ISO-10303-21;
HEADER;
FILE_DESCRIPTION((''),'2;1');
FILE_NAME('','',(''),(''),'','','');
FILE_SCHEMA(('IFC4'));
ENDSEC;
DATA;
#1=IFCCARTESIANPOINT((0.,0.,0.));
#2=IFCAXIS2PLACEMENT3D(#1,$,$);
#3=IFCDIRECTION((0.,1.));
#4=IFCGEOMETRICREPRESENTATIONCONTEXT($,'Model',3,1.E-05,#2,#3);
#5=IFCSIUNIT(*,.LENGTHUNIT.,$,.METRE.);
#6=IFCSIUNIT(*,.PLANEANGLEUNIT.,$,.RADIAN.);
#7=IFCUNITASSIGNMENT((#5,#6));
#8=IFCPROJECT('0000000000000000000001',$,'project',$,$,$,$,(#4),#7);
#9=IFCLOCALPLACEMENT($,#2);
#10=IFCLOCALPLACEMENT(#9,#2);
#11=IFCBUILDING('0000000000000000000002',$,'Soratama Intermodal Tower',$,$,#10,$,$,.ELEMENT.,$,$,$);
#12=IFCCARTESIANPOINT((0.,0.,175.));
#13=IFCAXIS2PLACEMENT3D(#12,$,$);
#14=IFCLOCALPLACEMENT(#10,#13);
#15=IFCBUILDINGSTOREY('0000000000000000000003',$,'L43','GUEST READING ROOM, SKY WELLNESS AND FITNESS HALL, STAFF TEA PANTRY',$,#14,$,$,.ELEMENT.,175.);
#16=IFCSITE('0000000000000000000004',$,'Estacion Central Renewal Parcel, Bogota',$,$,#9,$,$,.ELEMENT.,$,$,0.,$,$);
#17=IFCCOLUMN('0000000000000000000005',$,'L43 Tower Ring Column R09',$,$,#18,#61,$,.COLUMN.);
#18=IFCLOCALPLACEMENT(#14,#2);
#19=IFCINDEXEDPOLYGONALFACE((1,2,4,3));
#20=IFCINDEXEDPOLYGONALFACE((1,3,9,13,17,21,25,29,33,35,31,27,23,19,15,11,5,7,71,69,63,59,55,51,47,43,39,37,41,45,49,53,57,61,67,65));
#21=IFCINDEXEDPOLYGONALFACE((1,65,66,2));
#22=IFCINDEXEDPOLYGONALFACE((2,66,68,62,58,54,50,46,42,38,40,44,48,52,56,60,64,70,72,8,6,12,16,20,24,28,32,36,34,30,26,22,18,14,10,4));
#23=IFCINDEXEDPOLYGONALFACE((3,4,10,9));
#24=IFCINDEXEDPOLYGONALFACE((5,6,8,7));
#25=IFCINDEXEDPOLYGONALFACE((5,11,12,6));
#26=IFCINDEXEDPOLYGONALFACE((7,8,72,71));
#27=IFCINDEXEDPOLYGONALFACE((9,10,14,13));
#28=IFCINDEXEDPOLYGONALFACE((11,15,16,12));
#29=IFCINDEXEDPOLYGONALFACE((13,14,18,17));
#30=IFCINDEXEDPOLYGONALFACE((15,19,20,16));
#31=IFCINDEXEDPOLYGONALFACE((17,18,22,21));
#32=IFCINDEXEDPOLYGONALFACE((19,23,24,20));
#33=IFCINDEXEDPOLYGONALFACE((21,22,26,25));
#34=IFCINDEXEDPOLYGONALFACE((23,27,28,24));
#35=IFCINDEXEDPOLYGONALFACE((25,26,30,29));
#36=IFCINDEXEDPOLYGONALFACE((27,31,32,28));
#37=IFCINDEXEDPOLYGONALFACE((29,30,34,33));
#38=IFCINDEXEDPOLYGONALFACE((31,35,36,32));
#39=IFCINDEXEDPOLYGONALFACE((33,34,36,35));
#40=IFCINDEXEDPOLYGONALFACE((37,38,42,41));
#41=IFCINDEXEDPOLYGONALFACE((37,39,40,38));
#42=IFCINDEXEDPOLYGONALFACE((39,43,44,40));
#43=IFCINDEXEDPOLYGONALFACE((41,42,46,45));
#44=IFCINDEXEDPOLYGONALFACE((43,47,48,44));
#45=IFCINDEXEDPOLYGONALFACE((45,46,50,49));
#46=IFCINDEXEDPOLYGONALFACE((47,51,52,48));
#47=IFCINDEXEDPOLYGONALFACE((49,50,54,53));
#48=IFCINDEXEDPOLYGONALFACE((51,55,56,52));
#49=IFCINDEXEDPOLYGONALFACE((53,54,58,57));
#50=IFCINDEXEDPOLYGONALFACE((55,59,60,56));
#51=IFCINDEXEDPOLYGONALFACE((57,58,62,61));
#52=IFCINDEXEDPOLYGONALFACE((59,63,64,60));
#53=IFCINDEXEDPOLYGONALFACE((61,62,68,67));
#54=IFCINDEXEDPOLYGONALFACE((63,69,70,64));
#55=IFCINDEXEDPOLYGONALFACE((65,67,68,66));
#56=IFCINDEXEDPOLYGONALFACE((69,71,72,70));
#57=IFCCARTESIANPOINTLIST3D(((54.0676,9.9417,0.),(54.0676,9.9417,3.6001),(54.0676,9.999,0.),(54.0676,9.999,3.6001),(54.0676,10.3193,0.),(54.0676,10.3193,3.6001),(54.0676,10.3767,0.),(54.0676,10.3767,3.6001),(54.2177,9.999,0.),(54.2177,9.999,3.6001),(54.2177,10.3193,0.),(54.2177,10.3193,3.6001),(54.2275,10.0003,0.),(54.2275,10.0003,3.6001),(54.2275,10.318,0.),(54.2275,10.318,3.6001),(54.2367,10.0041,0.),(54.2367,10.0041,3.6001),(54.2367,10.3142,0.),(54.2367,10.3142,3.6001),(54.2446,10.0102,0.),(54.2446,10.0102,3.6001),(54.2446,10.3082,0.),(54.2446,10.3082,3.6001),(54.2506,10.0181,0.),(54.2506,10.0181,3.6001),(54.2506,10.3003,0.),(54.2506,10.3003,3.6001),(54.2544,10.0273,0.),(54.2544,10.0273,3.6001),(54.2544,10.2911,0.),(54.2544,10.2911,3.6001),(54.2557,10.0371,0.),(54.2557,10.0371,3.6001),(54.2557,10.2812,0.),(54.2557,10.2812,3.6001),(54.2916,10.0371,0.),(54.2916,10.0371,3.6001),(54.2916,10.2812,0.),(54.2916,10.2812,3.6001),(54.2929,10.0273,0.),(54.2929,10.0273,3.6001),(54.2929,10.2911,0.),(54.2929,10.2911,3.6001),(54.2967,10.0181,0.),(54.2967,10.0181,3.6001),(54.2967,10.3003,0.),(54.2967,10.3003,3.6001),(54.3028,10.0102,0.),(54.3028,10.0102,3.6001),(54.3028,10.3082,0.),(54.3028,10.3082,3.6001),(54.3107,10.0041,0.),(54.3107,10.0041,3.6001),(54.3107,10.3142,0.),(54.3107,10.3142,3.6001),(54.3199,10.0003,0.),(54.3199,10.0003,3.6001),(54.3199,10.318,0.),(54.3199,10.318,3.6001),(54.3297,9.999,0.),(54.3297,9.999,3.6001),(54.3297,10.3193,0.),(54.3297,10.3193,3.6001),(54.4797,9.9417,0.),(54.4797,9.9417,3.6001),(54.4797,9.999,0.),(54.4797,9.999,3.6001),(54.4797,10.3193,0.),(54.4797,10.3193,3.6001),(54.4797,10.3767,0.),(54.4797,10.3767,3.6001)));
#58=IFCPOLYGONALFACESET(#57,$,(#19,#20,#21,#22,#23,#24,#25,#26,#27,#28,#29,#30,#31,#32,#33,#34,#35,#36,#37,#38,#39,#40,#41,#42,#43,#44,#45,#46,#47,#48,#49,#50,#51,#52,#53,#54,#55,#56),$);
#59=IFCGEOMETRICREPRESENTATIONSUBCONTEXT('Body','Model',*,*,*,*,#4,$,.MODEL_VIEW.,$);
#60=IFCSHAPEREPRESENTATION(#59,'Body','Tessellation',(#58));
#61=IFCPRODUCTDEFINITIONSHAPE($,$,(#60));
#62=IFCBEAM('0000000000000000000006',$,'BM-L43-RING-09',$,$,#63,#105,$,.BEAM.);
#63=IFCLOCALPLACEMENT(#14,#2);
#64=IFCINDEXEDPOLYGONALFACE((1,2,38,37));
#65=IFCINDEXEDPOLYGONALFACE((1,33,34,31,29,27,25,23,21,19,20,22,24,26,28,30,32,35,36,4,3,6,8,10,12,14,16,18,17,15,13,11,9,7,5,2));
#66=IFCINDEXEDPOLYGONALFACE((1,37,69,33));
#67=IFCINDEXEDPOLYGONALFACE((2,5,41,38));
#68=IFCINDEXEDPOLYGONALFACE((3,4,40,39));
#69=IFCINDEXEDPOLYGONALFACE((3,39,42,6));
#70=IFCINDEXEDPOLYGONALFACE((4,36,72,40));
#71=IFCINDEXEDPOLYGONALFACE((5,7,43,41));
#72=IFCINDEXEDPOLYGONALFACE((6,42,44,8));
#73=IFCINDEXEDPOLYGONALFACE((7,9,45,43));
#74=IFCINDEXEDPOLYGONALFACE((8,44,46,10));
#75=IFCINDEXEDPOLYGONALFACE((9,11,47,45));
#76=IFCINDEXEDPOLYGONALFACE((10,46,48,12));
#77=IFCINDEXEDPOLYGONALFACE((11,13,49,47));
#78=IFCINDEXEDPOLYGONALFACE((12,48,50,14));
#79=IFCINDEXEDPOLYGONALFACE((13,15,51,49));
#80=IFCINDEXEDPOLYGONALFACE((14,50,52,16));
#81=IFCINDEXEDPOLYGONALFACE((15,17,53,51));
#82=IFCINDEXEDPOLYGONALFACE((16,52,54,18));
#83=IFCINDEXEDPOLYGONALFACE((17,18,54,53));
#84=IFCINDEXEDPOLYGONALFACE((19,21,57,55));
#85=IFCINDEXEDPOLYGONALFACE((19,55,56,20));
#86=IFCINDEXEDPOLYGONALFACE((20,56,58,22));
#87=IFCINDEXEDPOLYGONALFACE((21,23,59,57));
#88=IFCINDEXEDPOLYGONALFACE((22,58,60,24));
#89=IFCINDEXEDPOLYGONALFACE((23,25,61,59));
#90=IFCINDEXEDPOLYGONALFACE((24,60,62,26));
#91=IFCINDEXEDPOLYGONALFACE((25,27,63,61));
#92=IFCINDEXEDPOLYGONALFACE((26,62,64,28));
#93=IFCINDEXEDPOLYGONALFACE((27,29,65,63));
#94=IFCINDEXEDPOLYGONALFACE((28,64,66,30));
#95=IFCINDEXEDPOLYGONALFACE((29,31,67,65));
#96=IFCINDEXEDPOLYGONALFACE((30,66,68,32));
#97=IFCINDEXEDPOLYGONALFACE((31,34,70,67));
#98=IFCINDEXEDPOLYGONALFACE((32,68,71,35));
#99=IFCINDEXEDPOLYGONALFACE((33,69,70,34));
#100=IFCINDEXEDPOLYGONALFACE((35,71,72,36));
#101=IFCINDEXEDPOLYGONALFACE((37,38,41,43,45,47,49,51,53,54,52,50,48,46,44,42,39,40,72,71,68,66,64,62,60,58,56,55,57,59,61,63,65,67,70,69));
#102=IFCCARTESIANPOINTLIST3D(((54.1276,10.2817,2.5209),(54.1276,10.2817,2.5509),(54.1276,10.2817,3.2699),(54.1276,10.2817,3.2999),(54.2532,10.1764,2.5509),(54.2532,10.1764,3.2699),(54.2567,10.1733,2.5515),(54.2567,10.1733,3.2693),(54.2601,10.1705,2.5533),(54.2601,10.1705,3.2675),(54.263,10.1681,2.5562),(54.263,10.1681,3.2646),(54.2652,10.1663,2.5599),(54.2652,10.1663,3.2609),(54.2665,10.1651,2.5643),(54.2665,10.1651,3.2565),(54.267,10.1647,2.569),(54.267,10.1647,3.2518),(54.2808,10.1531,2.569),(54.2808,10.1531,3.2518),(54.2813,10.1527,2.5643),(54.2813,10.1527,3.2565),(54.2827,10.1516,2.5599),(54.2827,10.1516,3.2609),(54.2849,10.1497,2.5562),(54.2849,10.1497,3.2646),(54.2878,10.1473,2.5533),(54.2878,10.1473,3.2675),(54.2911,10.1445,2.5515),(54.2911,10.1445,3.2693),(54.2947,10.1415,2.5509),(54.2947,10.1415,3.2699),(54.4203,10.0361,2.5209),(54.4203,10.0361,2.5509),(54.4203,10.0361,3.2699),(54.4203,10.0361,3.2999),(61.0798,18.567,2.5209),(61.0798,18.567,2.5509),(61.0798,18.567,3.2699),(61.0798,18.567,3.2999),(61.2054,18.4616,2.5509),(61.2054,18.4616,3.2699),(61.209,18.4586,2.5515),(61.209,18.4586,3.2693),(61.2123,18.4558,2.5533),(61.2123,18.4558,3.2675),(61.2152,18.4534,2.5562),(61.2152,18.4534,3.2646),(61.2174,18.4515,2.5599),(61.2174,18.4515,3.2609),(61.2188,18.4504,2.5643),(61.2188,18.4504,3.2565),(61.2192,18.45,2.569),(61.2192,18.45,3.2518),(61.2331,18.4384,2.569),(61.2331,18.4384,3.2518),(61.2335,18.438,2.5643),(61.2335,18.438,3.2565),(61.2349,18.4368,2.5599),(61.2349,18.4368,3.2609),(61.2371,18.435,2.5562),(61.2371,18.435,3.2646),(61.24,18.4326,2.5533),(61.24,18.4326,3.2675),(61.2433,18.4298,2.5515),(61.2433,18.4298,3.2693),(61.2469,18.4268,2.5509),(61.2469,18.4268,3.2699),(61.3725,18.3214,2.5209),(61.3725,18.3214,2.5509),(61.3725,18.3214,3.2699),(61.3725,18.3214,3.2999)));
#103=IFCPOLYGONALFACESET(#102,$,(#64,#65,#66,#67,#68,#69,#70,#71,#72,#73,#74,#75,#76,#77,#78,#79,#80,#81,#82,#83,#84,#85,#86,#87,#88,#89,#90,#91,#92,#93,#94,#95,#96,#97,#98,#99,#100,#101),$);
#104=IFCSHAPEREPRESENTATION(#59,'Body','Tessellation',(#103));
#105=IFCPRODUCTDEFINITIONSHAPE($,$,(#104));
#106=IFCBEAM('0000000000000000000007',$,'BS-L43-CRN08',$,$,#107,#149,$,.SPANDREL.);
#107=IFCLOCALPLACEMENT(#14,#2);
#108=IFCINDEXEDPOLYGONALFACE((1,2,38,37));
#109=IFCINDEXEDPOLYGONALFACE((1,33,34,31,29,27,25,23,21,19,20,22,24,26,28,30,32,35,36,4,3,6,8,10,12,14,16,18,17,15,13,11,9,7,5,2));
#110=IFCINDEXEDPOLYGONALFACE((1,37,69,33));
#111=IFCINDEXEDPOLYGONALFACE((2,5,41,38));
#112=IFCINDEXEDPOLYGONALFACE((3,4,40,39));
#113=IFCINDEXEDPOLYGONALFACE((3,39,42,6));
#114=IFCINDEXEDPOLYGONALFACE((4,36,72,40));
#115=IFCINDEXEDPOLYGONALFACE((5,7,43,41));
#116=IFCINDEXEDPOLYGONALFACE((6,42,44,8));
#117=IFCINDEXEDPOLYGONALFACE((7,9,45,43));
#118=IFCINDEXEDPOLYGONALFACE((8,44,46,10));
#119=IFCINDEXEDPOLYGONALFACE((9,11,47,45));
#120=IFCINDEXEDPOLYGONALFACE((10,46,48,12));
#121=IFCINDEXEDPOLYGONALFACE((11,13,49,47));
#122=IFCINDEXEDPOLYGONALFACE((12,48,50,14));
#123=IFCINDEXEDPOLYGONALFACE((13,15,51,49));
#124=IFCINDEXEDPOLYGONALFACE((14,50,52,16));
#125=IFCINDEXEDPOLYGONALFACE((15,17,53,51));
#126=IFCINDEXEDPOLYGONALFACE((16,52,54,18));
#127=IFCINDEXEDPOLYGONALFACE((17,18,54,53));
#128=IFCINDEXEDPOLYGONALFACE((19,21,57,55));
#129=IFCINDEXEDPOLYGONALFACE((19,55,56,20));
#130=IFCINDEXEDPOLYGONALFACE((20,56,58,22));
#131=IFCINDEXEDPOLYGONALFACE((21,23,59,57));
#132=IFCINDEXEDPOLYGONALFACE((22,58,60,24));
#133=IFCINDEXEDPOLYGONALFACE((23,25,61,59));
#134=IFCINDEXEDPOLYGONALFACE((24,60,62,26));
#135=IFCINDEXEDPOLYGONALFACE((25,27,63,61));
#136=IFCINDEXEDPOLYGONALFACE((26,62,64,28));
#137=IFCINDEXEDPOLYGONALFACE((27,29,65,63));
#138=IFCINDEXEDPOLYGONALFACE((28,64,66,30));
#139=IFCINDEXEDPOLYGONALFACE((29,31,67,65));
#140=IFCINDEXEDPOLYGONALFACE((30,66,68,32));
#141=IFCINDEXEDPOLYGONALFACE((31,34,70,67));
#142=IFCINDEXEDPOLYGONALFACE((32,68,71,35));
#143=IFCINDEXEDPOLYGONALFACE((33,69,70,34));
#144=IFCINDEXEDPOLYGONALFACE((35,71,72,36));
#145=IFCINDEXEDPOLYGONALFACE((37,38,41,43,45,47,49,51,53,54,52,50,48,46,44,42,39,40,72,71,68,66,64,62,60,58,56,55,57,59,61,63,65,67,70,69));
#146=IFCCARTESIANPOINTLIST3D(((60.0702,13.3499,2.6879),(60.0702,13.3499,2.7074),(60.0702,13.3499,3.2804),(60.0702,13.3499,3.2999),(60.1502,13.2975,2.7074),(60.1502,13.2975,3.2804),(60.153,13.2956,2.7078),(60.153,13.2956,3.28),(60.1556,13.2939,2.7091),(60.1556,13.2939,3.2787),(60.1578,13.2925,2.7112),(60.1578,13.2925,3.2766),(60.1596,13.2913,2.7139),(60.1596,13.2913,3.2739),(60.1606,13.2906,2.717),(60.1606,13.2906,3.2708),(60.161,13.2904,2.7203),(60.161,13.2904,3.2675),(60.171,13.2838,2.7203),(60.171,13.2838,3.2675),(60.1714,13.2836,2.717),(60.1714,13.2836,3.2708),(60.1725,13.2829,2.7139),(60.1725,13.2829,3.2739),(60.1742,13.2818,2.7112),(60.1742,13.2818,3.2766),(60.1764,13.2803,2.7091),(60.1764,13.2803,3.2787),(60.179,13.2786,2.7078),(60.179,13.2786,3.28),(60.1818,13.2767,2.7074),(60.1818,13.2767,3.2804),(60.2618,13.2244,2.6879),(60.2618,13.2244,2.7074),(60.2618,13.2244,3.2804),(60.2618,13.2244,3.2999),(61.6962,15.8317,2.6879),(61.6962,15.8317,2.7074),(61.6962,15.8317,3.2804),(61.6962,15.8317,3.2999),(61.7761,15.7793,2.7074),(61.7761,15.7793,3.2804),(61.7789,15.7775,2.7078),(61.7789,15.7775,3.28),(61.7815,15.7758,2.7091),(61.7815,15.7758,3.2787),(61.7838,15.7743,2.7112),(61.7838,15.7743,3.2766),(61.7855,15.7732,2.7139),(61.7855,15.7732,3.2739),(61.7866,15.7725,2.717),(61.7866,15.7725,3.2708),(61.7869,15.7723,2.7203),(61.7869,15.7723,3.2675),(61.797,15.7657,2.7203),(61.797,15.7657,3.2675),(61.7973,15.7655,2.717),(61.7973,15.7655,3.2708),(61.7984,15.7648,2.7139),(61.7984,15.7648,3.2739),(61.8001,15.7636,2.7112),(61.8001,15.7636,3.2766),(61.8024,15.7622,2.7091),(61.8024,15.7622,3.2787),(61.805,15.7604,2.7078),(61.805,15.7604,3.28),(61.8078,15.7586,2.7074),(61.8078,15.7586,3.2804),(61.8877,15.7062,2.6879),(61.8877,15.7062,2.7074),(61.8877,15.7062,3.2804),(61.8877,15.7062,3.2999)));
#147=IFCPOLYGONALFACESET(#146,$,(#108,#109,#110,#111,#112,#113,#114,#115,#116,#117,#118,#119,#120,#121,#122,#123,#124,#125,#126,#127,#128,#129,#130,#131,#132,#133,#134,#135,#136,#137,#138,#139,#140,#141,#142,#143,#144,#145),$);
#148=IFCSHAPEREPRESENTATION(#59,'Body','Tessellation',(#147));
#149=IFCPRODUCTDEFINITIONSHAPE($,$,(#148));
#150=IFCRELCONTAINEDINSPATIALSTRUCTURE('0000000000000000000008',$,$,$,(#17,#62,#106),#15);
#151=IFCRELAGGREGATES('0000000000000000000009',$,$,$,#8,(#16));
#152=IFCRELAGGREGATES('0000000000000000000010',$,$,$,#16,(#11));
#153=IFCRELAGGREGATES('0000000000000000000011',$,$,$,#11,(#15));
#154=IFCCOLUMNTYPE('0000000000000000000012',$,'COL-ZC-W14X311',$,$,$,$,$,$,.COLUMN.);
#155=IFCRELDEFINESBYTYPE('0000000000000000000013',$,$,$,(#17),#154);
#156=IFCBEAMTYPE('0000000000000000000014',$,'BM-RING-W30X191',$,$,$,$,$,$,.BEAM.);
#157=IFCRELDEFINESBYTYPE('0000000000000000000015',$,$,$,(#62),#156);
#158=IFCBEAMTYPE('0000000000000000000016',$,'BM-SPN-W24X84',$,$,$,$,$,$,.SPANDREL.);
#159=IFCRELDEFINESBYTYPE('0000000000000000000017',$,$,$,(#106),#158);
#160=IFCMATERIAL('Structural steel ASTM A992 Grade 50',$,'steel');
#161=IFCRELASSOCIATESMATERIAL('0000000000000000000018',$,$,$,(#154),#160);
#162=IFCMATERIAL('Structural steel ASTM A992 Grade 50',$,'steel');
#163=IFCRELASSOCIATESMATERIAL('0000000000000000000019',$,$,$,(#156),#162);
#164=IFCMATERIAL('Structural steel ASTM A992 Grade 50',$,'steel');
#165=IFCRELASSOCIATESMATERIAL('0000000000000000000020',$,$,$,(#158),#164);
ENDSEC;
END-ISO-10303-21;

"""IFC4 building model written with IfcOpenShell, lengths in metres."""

from ifc_helpers import new_model, si_unit, direction, frame, origin, origin_2d, place, context, subcontext, project, spatial, i_section, extrude, material, material_profile, profile_set, type_object, element, save


model = new_model("IFC4")

# Units and contexts
model_context = context("Model", 3, precision=1e-05, world=origin(), true_north=direction((0.0, 1.0)))
body_context = subcontext(model_context, "Body", "Model", "MODEL_VIEW")
ifc_project = project(units=[si_unit("LENGTHUNIT", "METRE"), si_unit("PLANEANGLEUNIT", "RADIAN")], contexts=[model_context])

# Site, building, storey
site_placement = place(None, origin())
site = spatial("IfcSite", under=ifc_project, at=site_placement, Name="Estacion Central Renewal Parcel, Bogota", CompositionType="ELEMENT", RefElevation=0.0)
building_placement = place(site_placement, origin())
building = spatial("IfcBuilding", under=site, at=building_placement, Name="Soratama Intermodal Tower", CompositionType="ELEMENT")
storey_placement = place(building_placement, frame((0.0, 0.0, 175.0)))
storey = spatial("IfcBuildingStorey", under=building, at=storey_placement, Name="L43", Description="GUEST READING ROOM, SKY WELLNESS AND FITNESS HALL, STAFF TEA PANTRY", CompositionType="ELEMENT", Elevation=175.0)

# Column
ifc_material_1 = material(Name="Structural steel ASTM A992 Grade 50", Category="steel")
ifc_material_profile_1 = material_profile(ifc_material_1, i_section(OverallWidth=0.4121, OverallDepth=0.4351, WebThickness=0.0359, FlangeThickness=0.0574, FilletRadius=0.0381, at=origin_2d()), Name="W14X311")
ifc_profile_set_1 = profile_set([ifc_material_profile_1], Name="Structural steel ASTM A992 Grade 50")
column_type = type_object("IfcColumnType", Name="COL-ZC-W14X311", PredefinedType="COLUMN", material=ifc_profile_set_1)
column_placement = place(storey_placement, frame((54.2737, 10.1592, 0.0), z_axis=(0.0, 0.0, 1.0), x_axis=(1.0, 0.0, 0.0)))
element("IfcColumn", 1, at=column_placement, inside=storey, type_object=column_type, Name="L43 Tower Ring Column R09", PredefinedType="COLUMN", context=body_context, shape_type="SweptSolid", body=[
    extrude(i_section(OverallWidth=0.4121, OverallDepth=0.4351, WebThickness=0.0359, FlangeThickness=0.0574, FilletRadius=0.0381, at=origin_2d()), origin(), (0.0, 0.0, 1.0), 3.6001),
])

# Beams
ifc_material_2 = material(Name="Structural steel ASTM A992 Grade 50", Category="steel")
ifc_material_profile_2 = material_profile(ifc_material_2, i_section(OverallWidth=0.3821, OverallDepth=0.7791, WebThickness=0.0181, FlangeThickness=0.03, FilletRadius=0.0181, at=origin_2d()), Name="W30X191")
ifc_profile_set_2 = profile_set([ifc_material_profile_2], Name="Structural steel ASTM A992 Grade 50")
beam_type_1 = type_object("IfcBeamType", Name="BM-RING-W30X191", PredefinedType="BEAM", material=ifc_profile_set_2)
beam_1_placement = place(storey_placement, frame((54.2739, 10.1589, 2.9104), z_axis=(0.642792, 0.766041, 0.0), x_axis=(-0.766041, 0.642792, 0.0)))
element("IfcBeam", 2, at=beam_1_placement, inside=storey, type_object=beam_type_1, Name="BM-L43-RING-09", PredefinedType="BEAM", context=body_context, shape_type="SweptSolid", body=[
    extrude(i_section(OverallWidth=0.3821, OverallDepth=0.7791, WebThickness=0.0181, FlangeThickness=0.03, FilletRadius=0.0181, at=origin_2d()), origin(), (0.0, 0.0, 1.0), 10.8157),
])
ifc_material_3 = material(Name="Structural steel ASTM A992 Grade 50", Category="steel")
ifc_material_profile_3 = material_profile(ifc_material_3, i_section(OverallWidth=0.229, OverallDepth=0.6121, WebThickness=0.012, FlangeThickness=0.0195, FilletRadius=0.0129, at=origin_2d()), Name="W24X84")
ifc_profile_set_3 = profile_set([ifc_material_profile_3], Name="Structural steel ASTM A992 Grade 50")
beam_type_2 = type_object("IfcBeamType", Name="BM-SPN-W24X84", PredefinedType="SPANDREL", material=ifc_profile_set_3)
beam_2_placement = place(storey_placement, frame((60.166, 13.2871, 2.9939), z_axis=(0.547998, 0.836479, 0.0), x_axis=(-0.836479, 0.547998, 0.0)))
element("IfcBeam", 3, at=beam_2_placement, inside=storey, type_object=beam_type_2, Name="BS-L43-CRN08", PredefinedType="SPANDREL", context=body_context, shape_type="SweptSolid", body=[
    extrude(i_section(OverallWidth=0.229, OverallDepth=0.6121, WebThickness=0.012, FlangeThickness=0.0195, FilletRadius=0.0129, at=origin_2d()), origin(), (0.0, 0.0, 1.0), 2.967),
])

save(model, "model.ifc")
